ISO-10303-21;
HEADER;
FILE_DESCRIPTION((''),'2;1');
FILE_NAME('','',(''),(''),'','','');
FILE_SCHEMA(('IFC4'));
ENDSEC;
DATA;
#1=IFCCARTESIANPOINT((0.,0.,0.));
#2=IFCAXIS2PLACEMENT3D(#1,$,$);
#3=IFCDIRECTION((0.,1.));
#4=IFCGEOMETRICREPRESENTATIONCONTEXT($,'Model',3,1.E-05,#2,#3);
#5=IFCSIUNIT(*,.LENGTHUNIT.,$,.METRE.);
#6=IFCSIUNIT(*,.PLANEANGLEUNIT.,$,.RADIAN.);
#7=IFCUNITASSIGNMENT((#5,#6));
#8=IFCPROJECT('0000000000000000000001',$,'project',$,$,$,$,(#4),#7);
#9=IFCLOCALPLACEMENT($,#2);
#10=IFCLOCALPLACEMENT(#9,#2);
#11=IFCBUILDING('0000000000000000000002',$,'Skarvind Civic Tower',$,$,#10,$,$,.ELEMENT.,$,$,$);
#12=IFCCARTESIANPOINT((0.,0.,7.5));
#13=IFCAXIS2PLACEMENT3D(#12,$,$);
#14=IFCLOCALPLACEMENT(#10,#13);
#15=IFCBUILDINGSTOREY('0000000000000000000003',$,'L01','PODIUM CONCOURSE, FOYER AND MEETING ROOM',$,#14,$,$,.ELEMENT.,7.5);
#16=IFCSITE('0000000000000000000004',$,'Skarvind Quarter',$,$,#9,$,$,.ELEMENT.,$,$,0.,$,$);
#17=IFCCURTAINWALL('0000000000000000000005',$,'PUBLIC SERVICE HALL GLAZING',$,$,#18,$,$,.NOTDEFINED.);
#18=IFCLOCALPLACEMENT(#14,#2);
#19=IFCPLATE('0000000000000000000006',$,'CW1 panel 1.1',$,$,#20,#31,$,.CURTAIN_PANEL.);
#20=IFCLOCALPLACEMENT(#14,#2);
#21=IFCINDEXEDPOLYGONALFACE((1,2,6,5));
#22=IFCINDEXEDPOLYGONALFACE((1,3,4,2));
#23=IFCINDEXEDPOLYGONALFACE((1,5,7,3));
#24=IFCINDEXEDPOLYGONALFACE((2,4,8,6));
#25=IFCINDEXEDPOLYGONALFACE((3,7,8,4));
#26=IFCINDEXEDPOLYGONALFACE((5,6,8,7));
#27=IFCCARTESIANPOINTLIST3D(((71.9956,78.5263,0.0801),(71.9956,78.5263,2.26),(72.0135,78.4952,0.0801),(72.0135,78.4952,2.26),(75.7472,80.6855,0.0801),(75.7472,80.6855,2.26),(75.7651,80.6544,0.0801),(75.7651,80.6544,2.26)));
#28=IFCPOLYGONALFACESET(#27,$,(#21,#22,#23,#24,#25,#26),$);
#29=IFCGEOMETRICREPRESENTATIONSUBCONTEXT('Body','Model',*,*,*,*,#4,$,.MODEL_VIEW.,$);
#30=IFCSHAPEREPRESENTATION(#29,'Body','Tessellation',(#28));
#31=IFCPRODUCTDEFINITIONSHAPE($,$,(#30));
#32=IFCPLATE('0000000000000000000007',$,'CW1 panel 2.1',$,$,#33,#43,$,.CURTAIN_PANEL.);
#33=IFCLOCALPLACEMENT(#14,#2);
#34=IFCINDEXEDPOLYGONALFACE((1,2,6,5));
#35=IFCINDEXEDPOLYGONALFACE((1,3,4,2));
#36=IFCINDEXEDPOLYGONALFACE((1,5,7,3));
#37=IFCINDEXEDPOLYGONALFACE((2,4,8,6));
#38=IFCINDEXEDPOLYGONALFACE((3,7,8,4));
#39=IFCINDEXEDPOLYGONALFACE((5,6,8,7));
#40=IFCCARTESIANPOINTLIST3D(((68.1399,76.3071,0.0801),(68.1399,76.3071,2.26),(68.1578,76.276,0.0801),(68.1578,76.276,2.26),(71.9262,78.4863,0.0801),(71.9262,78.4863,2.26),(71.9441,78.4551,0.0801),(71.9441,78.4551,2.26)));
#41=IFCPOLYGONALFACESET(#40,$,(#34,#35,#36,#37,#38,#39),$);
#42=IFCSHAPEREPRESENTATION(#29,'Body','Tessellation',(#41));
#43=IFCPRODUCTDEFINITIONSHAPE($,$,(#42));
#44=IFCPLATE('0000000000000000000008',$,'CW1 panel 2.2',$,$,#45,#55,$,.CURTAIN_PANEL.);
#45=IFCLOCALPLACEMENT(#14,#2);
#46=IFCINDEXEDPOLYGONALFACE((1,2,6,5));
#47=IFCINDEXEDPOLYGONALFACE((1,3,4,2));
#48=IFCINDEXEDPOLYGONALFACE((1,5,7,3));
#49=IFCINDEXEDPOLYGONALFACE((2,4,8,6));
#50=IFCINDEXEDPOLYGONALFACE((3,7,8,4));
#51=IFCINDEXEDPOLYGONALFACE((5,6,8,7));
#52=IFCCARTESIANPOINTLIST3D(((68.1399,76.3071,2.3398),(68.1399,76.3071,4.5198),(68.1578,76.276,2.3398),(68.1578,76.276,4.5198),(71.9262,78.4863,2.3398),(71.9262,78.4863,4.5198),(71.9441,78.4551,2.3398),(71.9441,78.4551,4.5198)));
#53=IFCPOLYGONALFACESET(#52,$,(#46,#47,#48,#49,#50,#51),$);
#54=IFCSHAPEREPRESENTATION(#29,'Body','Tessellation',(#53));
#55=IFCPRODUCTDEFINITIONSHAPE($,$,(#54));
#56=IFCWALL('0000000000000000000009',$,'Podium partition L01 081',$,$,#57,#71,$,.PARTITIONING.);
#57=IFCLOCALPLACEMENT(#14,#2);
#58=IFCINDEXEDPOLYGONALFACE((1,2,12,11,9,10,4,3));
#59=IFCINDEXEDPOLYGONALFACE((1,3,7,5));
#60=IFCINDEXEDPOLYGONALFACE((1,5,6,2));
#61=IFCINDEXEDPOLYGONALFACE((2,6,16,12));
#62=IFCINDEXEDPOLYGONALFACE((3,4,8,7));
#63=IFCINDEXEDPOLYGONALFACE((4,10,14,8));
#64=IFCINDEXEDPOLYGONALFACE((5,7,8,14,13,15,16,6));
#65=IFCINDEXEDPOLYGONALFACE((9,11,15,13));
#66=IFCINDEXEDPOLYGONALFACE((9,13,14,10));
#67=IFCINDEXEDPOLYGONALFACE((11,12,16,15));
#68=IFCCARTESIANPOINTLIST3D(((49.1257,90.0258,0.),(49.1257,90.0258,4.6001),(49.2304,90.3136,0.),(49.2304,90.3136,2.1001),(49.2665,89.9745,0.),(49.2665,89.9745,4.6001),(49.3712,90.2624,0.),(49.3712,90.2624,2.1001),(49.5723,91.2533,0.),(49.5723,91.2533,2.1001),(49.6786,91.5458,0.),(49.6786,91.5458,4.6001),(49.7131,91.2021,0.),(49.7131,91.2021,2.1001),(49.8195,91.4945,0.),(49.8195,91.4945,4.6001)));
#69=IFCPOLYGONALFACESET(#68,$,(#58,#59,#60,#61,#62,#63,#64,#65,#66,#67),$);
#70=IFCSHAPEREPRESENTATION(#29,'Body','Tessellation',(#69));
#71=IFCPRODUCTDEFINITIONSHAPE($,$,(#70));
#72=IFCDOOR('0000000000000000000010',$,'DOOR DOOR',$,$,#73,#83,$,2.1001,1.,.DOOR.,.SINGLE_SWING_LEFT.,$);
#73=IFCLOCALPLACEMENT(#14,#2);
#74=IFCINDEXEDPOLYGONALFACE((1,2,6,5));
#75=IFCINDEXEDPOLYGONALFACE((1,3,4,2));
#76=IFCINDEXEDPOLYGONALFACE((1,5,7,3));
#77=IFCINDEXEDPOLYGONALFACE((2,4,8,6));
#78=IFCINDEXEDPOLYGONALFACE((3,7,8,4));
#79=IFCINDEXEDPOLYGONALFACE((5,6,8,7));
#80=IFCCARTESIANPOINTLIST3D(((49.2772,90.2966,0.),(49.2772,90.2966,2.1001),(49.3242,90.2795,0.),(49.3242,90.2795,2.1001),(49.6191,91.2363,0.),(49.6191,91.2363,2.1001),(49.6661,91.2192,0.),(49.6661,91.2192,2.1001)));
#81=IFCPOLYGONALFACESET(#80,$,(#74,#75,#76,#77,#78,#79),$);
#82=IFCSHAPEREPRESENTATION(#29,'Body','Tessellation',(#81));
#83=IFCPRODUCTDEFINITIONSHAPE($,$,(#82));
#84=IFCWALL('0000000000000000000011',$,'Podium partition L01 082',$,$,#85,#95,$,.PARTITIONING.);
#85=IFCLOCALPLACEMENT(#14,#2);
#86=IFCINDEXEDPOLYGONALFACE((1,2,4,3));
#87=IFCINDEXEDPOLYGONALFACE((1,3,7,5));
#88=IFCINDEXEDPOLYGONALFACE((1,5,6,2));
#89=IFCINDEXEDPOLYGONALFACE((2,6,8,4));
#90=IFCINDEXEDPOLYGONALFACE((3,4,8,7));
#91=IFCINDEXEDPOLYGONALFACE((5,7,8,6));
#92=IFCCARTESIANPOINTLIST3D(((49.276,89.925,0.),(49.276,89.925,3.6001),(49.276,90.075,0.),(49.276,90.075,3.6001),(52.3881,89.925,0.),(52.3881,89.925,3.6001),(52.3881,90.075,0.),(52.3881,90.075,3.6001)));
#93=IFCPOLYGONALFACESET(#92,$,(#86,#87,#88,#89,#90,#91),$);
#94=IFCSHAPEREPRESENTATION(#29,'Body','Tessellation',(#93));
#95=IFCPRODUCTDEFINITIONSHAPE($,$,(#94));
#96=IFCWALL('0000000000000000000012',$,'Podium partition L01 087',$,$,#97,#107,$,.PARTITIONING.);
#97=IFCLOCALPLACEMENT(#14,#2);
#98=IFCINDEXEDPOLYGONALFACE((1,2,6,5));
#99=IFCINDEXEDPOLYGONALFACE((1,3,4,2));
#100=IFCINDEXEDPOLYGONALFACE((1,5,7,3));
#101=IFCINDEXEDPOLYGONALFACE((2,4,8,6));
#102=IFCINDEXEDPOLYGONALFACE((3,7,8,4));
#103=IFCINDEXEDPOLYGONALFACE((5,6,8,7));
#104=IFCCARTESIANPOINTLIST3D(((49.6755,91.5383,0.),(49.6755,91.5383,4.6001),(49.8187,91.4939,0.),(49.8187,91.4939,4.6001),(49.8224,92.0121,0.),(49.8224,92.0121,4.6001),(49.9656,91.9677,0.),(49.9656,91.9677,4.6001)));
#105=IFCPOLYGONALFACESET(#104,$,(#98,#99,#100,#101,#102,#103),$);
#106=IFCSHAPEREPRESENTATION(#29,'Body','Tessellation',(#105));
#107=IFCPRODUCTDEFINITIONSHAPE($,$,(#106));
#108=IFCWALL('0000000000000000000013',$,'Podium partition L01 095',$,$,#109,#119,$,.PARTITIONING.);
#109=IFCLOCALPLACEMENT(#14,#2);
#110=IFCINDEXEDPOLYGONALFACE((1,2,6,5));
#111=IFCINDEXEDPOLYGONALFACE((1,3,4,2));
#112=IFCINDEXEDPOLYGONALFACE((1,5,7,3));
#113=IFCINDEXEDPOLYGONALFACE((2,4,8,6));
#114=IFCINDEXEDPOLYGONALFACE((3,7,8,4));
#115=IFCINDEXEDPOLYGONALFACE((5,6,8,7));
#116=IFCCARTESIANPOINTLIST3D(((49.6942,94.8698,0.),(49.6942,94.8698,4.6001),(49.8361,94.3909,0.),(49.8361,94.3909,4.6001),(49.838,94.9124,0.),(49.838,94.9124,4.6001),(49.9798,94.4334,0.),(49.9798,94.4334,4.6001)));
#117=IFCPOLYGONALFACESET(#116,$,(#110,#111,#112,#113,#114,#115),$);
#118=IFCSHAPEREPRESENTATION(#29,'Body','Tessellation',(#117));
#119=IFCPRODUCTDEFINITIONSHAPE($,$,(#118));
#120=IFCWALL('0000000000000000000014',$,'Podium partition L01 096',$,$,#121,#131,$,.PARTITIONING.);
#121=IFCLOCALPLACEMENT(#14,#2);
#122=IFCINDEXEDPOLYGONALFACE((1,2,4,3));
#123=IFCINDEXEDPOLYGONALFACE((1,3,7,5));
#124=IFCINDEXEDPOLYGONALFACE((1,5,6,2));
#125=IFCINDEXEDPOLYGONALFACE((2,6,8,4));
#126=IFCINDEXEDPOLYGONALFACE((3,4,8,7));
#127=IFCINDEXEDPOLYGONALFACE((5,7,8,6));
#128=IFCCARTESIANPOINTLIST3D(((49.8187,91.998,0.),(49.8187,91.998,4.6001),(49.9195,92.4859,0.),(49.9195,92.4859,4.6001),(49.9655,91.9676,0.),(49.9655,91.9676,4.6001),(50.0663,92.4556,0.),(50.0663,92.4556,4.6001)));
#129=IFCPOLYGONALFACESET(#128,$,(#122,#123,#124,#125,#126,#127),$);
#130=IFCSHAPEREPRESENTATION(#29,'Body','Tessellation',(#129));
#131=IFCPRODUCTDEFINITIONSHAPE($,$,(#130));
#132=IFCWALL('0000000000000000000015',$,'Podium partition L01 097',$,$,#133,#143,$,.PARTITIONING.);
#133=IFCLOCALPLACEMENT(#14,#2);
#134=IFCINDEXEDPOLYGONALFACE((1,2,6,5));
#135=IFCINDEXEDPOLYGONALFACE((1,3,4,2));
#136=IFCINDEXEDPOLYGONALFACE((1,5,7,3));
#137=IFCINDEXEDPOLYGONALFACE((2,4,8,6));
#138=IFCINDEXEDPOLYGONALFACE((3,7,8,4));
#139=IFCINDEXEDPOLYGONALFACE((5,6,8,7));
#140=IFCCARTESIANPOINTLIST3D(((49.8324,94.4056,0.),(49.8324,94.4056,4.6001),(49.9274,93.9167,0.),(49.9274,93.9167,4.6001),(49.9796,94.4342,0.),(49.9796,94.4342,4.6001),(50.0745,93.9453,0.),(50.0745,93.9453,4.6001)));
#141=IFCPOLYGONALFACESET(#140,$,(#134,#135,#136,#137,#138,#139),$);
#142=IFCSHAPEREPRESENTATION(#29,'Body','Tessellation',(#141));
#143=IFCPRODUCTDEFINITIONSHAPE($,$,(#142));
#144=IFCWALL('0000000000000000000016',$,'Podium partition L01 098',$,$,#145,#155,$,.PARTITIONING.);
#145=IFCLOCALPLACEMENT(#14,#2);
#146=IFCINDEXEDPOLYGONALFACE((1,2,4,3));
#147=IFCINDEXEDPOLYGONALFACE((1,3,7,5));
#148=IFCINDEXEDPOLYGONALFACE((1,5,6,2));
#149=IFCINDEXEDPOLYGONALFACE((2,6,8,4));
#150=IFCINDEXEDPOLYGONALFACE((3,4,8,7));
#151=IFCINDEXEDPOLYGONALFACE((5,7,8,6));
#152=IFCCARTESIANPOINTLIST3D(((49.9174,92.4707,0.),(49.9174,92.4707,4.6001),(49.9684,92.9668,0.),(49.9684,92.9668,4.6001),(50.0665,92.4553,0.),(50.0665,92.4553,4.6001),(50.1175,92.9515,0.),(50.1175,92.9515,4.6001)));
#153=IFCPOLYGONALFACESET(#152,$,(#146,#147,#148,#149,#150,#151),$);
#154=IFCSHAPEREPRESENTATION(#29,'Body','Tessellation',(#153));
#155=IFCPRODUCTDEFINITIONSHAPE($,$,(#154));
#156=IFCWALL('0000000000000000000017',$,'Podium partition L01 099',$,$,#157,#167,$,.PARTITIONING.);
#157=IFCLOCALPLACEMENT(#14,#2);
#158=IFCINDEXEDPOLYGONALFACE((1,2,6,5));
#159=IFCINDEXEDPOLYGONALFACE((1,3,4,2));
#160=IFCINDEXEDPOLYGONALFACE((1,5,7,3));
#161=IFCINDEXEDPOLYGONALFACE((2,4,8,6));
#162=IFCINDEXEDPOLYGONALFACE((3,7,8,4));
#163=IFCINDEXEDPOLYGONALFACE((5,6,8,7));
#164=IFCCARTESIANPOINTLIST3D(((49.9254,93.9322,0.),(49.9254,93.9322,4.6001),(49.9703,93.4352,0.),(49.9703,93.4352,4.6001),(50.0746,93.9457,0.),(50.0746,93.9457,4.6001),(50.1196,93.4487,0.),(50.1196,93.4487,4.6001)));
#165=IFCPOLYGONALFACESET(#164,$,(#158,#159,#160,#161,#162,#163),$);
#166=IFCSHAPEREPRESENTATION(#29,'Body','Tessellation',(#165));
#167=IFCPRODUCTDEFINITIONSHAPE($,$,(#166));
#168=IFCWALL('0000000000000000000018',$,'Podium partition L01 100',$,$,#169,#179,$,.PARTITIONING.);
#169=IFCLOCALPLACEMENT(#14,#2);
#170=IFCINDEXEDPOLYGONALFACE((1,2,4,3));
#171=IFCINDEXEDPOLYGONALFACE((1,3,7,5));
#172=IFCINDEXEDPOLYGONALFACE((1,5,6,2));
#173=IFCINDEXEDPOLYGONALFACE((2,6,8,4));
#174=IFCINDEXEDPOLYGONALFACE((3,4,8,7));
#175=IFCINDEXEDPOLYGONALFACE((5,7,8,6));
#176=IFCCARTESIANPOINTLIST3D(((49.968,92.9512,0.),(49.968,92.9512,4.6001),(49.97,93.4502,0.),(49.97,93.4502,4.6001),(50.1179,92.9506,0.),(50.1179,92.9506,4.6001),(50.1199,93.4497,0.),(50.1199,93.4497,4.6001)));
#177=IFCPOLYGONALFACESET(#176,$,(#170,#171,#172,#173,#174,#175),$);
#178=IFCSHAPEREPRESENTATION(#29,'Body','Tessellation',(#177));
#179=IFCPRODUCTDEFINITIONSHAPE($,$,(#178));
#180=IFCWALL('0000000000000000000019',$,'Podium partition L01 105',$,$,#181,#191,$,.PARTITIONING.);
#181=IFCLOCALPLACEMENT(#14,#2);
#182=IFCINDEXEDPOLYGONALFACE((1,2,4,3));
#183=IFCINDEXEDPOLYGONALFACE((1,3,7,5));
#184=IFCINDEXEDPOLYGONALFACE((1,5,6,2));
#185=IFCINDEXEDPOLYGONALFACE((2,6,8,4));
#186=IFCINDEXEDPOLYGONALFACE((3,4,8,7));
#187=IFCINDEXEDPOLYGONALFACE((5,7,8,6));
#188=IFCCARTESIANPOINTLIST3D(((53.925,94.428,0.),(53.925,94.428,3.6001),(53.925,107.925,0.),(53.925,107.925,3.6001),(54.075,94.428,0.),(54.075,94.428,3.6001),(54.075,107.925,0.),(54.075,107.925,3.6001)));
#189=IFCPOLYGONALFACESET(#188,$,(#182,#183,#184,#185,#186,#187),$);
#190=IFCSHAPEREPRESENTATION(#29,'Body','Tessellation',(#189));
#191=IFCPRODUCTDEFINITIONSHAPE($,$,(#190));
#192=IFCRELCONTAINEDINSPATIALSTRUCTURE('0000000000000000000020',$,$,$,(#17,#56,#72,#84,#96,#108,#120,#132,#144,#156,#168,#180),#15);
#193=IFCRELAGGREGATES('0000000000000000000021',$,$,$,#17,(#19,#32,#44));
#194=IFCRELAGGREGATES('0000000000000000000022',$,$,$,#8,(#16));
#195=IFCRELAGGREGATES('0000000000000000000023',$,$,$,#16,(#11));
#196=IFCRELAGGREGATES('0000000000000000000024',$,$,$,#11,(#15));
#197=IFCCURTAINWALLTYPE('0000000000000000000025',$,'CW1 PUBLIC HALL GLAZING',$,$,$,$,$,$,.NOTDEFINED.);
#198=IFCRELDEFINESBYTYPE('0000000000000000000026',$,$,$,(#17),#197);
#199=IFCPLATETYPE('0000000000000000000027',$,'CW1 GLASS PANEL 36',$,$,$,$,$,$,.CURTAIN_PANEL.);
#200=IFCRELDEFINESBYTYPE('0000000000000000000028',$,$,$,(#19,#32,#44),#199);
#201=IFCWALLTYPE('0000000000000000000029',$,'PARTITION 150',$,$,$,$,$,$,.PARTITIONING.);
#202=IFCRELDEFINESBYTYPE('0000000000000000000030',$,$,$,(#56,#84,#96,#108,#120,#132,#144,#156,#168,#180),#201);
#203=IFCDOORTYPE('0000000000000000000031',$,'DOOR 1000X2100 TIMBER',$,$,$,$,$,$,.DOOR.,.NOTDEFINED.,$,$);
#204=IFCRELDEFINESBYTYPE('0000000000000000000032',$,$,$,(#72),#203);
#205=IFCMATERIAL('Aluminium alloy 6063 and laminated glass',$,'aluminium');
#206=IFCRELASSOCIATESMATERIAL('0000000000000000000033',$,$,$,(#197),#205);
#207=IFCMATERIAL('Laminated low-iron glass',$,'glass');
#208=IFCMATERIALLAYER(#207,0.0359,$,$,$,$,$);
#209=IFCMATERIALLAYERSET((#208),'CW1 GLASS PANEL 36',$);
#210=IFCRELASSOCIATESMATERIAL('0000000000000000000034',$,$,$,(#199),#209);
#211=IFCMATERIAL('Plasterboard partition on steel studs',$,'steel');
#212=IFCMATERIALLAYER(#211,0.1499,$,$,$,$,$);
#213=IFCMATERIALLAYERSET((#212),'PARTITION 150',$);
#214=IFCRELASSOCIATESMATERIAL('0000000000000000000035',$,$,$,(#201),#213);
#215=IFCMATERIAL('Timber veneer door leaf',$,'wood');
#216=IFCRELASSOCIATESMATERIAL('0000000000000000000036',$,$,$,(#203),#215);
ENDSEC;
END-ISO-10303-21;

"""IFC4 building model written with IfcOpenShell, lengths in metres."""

from ifc_helpers import new_model, si_unit, direction, frame, frame_2d, origin, origin_2d, place, context, subcontext, project, spatial, rectangle, extrude, material, layer, layer_set, type_object, element, fill, aggregate, save


model = new_model("IFC4")

# Units and contexts
model_context = context("Model", 3, precision=1e-05, world=origin(), true_north=direction((0.0, 1.0)))
body_context = subcontext(model_context, "Body", "Model", "MODEL_VIEW")
ifc_project = project(units=[si_unit("LENGTHUNIT", "METRE"), si_unit("PLANEANGLEUNIT", "RADIAN")], contexts=[model_context])

# Site, building, storey
site_placement = place(None, origin())
site = spatial("IfcSite", under=ifc_project, at=site_placement, Name="Skarvind Quarter", CompositionType="ELEMENT", RefElevation=0.0)
building_placement = place(site_placement, origin())
building = spatial("IfcBuilding", under=site, at=building_placement, Name="Skarvind Civic Tower", CompositionType="ELEMENT")
storey_placement = place(building_placement, frame((0.0, 0.0, 7.5)))
storey = spatial("IfcBuildingStorey", under=building, at=storey_placement, Name="L01", Description="PODIUM CONCOURSE, FOYER AND MEETING ROOM", CompositionType="ELEMENT", Elevation=7.5)

# Curtain wall
ifc_material_1 = material(Name="Aluminium alloy 6063 and laminated glass", Category="aluminium")
curtain_wall_type = type_object("IfcCurtainWallType", Name="CW1 PUBLIC HALL GLAZING", PredefinedType="NOTDEFINED", material=ifc_material_1)
curtain_wall_placement = place(storey_placement, origin())
curtain_wall = element("IfcCurtainWall", 1, at=curtain_wall_placement, inside=storey, type_object=curtain_wall_type, Name="PUBLIC SERVICE HALL GLAZING", PredefinedType="NOTDEFINED")

# Plates
ifc_material_2 = material(Name="Laminated low-iron glass", Category="glass")
ifc_layer_1 = layer(ifc_material_2, 0.0359)
ifc_layer_set_1 = layer_set([ifc_layer_1], Name="CW1 GLASS PANEL 36")
plate_type = type_object("IfcPlateType", Name="CW1 GLASS PANEL 36", PredefinedType="CURTAIN_PANEL", material=ifc_layer_set_1)
plate_1_placement = place(storey_placement, frame((73.8804, 79.5903, 0.0801), z_axis=(0.0, 0.0, 1.0), x_axis=(-0.866702, -0.498825, 0.0)))
plate_1 = element("IfcPlate", 2, at=plate_1_placement, type_object=plate_type, Name="CW1 panel 1.1", PredefinedType="CURTAIN_PANEL", context=body_context, shape_type="SweptSolid", body=[
    extrude(rectangle(XDim=4.3286, YDim=0.0359, at=origin_2d()), origin(), (0.0, 0.0, 1.0), 2.1799),
])
plate_2_placement = place(storey_placement, frame((70.042, 77.3811, 0.0801), z_axis=(0.0, 0.0, 1.0), x_axis=(-0.866702, -0.498825, 0.0)))
plate_2 = element("IfcPlate", 3, at=plate_2_placement, type_object=plate_type, Name="CW1 panel 2.1", PredefinedType="CURTAIN_PANEL", context=body_context, shape_type="SweptSolid", body=[
    extrude(rectangle(XDim=4.3687, YDim=0.0359, at=origin_2d()), origin(), (0.0, 0.0, 1.0), 2.1799),
])
plate_3_placement = place(storey_placement, frame((70.042, 77.3811, 2.3398), z_axis=(0.0, 0.0, 1.0), x_axis=(-0.866702, -0.498825, 0.0)))
plate_3 = element("IfcPlate", 4, at=plate_3_placement, type_object=plate_type, Name="CW1 panel 2.2", PredefinedType="CURTAIN_PANEL", context=body_context, shape_type="SweptSolid", body=[
    extrude(rectangle(XDim=4.3687, YDim=0.0359, at=origin_2d()), origin(), (0.0, 0.0, 1.0), 2.1799),
])
aggregate(curtain_wall, [plate_1, plate_2, plate_3])

# Wall, opening, door
ifc_material_3 = material(Name="Plasterboard partition on steel studs", Category="steel")
ifc_layer_2 = layer(ifc_material_3, 0.1499)
ifc_layer_set_2 = layer_set([ifc_layer_2], Name="PARTITION 150")
wall_type = type_object("IfcWallType", Name="PARTITION 150", PredefinedType="PARTITIONING", material=ifc_layer_set_2)
wall_1_placement = place(storey_placement, frame((49.749, 91.52, 0.0), z_axis=(0.0, 0.0, 1.0), x_axis=(-0.341876, -0.939745, 0.0)))
wall_1 = element("IfcWall", 5, at=wall_1_placement, inside=storey, type_object=wall_type, Name="Podium partition L01 081", PredefinedType="PARTITIONING", context=body_context, shape_type="SweptSolid", body=[
    extrude(rectangle(XDim=1.6174, YDim=0.1499, at=frame_2d((0.8086, 0.0))), origin(), (0.0, 0.0, 1.0), 4.6001),
])
opening_placement = place(wall_1_placement, frame((0.311, 0.0, 0.0)))
opening = element("IfcOpeningElement", 6, at=opening_placement, cuts=wall_1, PredefinedType="OPENING", context=body_context, shape_type="SweptSolid", body=[
    extrude(rectangle(XDim=1.0, YDim=2.1001, at=frame_2d((0.5, 1.05))), frame((0.0, 0.085, 0.0), z_axis=(0.0, -1.0, 0.0), x_axis=(1.0, 0.0, 0.0)), (0.0, 0.0, 1.0), 0.1699),
])
ifc_material_4 = material(Name="Timber veneer door leaf", Category="wood")
door_type = type_object("IfcDoorType", Name="DOOR 1000X2100 TIMBER", OperationType="NOTDEFINED", PredefinedType="DOOR", material=ifc_material_4)
door_placement = place(opening_placement, origin())
door = element("IfcDoor", 7, at=door_placement, inside=storey, type_object=door_type, Name="DOOR DOOR", OperationType="SINGLE_SWING_LEFT", OverallHeight=2.1001, OverallWidth=1.0, PredefinedType="DOOR", context=body_context, shape_type="SweptSolid", body=[
    extrude(rectangle(XDim=1.0, YDim=2.1001, at=frame_2d((0.5, 1.05))), frame((0.0, 0.0249, 0.0), z_axis=(0.0, -1.0, 0.0), x_axis=(1.0, 0.0, 0.0)), (0.0, 0.0, 1.0), 0.05),
])
fill(opening, door)

# Walls
wall_2_placement = place(storey_placement, frame((49.2759, 90.0, 0.0), z_axis=(0.0, 0.0, 1.0), x_axis=(1.0, 0.0, 0.0)))
element("IfcWall", 8, at=wall_2_placement, inside=storey, type_object=wall_type, Name="Podium partition L01 082", PredefinedType="PARTITIONING", context=body_context, shape_type="SweptSolid", body=[
    extrude(rectangle(XDim=3.1121, YDim=0.1499, at=frame_2d((1.5562, 0.0))), origin(), (0.0, 0.0, 1.0), 3.6001),
])
wall_3_placement = place(storey_placement, frame((49.7471, 91.5161, 0.0), z_axis=(0.0, 0.0, 1.0), x_axis=(0.296229, 0.955117, 0.0)))
element("IfcWall", 9, at=wall_3_placement, inside=storey, type_object=wall_type, Name="Podium partition L01 087", PredefinedType="PARTITIONING", context=body_context, shape_type="SweptSolid", body=[
    extrude(rectangle(XDim=0.4961, YDim=0.1499, at=frame_2d((0.248, 0.0))), origin(), (0.0, 0.0, 1.0), 4.6001),
])
wall_4_placement = place(storey_placement, frame((49.7661, 94.8911, 0.0), z_axis=(0.0, 0.0, 1.0), x_axis=(0.283939, -0.958842, 0.0)))
element("IfcWall", 10, at=wall_4_placement, inside=storey, type_object=wall_type, Name="Podium partition L01 095", PredefinedType="PARTITIONING", context=body_context, shape_type="SweptSolid", body=[
    extrude(rectangle(XDim=0.4995, YDim=0.1499, at=frame_2d((0.2498, 0.0))), origin(), (0.0, 0.0, 1.0), 4.6001),
])
wall_5_placement = place(storey_placement, frame((49.8921, 91.9829, 0.0), z_axis=(0.0, 0.0, 1.0), x_axis=(0.20233, 0.979317, 0.0)))
element("IfcWall", 11, at=wall_5_placement, inside=storey, type_object=wall_type, Name="Podium partition L01 096", PredefinedType="PARTITIONING", context=body_context, shape_type="SweptSolid", body=[
    extrude(rectangle(XDim=0.4983, YDim=0.1499, at=frame_2d((0.249, 0.0))), origin(), (0.0, 0.0, 1.0), 4.6001),
])
wall_6_placement = place(storey_placement, frame((49.906, 94.4199, 0.0), z_axis=(0.0, 0.0, 1.0), x_axis=(0.190647, -0.981659, 0.0)))
element("IfcWall", 12, at=wall_6_placement, inside=storey, type_object=wall_type, Name="Podium partition L01 097", PredefinedType="PARTITIONING", context=body_context, shape_type="SweptSolid", body=[
    extrude(rectangle(XDim=0.498, YDim=0.1499, at=frame_2d((0.249, 0.0))), origin(), (0.0, 0.0, 1.0), 4.6001),
])
wall_7_placement = place(storey_placement, frame((49.9919, 92.4629, 0.0), z_axis=(0.0, 0.0, 1.0), x_axis=(0.102315, 0.994752, 0.0)))
element("IfcWall", 13, at=wall_7_placement, inside=storey, type_object=wall_type, Name="Podium partition L01 098", PredefinedType="PARTITIONING", context=body_context, shape_type="SweptSolid", body=[
    extrude(rectangle(XDim=0.4988, YDim=0.1499, at=frame_2d((0.2495, 0.0))), origin(), (0.0, 0.0, 1.0), 4.6001),
])
for number, where, z_axis, x_axis, name in (
    (14, (50.0, 93.939, 0.0), (0.0, 0.0, 1.0), (0.090006, -0.995941, 0.0), "Podium partition L01 099"),
    (15, (50.043, 92.9509, 0.0), (0.0, 0.0, 1.0), (0.003914, 0.999992, 0.0), "Podium partition L01 100"),
):
    element("IfcWall", number, at=place(storey_placement, frame(where, z_axis=z_axis, x_axis=x_axis)), inside=storey, type_object=wall_type, Name=name, PredefinedType="PARTITIONING", context=body_context, shape_type="SweptSolid", body=[
        extrude(rectangle(XDim=0.499, YDim=0.1499, at=frame_2d((0.2495, 0.0))), origin(), (0.0, 0.0, 1.0), 4.6001),
    ])
wall_8_placement = place(storey_placement, frame((54.0, 94.428, 0.0), z_axis=(0.0, 0.0, 1.0), x_axis=(0.0, 1.0, 0.0)))
element("IfcWall", 16, at=wall_8_placement, inside=storey, type_object=wall_type, Name="Podium partition L01 105", PredefinedType="PARTITIONING", context=body_context, shape_type="SweptSolid", body=[
    extrude(rectangle(XDim=13.4971, YDim=0.1499, at=frame_2d((6.7485, 0.0))), origin(), (0.0, 0.0, 1.0), 3.6001),
])

save(model, "model.ifc")
